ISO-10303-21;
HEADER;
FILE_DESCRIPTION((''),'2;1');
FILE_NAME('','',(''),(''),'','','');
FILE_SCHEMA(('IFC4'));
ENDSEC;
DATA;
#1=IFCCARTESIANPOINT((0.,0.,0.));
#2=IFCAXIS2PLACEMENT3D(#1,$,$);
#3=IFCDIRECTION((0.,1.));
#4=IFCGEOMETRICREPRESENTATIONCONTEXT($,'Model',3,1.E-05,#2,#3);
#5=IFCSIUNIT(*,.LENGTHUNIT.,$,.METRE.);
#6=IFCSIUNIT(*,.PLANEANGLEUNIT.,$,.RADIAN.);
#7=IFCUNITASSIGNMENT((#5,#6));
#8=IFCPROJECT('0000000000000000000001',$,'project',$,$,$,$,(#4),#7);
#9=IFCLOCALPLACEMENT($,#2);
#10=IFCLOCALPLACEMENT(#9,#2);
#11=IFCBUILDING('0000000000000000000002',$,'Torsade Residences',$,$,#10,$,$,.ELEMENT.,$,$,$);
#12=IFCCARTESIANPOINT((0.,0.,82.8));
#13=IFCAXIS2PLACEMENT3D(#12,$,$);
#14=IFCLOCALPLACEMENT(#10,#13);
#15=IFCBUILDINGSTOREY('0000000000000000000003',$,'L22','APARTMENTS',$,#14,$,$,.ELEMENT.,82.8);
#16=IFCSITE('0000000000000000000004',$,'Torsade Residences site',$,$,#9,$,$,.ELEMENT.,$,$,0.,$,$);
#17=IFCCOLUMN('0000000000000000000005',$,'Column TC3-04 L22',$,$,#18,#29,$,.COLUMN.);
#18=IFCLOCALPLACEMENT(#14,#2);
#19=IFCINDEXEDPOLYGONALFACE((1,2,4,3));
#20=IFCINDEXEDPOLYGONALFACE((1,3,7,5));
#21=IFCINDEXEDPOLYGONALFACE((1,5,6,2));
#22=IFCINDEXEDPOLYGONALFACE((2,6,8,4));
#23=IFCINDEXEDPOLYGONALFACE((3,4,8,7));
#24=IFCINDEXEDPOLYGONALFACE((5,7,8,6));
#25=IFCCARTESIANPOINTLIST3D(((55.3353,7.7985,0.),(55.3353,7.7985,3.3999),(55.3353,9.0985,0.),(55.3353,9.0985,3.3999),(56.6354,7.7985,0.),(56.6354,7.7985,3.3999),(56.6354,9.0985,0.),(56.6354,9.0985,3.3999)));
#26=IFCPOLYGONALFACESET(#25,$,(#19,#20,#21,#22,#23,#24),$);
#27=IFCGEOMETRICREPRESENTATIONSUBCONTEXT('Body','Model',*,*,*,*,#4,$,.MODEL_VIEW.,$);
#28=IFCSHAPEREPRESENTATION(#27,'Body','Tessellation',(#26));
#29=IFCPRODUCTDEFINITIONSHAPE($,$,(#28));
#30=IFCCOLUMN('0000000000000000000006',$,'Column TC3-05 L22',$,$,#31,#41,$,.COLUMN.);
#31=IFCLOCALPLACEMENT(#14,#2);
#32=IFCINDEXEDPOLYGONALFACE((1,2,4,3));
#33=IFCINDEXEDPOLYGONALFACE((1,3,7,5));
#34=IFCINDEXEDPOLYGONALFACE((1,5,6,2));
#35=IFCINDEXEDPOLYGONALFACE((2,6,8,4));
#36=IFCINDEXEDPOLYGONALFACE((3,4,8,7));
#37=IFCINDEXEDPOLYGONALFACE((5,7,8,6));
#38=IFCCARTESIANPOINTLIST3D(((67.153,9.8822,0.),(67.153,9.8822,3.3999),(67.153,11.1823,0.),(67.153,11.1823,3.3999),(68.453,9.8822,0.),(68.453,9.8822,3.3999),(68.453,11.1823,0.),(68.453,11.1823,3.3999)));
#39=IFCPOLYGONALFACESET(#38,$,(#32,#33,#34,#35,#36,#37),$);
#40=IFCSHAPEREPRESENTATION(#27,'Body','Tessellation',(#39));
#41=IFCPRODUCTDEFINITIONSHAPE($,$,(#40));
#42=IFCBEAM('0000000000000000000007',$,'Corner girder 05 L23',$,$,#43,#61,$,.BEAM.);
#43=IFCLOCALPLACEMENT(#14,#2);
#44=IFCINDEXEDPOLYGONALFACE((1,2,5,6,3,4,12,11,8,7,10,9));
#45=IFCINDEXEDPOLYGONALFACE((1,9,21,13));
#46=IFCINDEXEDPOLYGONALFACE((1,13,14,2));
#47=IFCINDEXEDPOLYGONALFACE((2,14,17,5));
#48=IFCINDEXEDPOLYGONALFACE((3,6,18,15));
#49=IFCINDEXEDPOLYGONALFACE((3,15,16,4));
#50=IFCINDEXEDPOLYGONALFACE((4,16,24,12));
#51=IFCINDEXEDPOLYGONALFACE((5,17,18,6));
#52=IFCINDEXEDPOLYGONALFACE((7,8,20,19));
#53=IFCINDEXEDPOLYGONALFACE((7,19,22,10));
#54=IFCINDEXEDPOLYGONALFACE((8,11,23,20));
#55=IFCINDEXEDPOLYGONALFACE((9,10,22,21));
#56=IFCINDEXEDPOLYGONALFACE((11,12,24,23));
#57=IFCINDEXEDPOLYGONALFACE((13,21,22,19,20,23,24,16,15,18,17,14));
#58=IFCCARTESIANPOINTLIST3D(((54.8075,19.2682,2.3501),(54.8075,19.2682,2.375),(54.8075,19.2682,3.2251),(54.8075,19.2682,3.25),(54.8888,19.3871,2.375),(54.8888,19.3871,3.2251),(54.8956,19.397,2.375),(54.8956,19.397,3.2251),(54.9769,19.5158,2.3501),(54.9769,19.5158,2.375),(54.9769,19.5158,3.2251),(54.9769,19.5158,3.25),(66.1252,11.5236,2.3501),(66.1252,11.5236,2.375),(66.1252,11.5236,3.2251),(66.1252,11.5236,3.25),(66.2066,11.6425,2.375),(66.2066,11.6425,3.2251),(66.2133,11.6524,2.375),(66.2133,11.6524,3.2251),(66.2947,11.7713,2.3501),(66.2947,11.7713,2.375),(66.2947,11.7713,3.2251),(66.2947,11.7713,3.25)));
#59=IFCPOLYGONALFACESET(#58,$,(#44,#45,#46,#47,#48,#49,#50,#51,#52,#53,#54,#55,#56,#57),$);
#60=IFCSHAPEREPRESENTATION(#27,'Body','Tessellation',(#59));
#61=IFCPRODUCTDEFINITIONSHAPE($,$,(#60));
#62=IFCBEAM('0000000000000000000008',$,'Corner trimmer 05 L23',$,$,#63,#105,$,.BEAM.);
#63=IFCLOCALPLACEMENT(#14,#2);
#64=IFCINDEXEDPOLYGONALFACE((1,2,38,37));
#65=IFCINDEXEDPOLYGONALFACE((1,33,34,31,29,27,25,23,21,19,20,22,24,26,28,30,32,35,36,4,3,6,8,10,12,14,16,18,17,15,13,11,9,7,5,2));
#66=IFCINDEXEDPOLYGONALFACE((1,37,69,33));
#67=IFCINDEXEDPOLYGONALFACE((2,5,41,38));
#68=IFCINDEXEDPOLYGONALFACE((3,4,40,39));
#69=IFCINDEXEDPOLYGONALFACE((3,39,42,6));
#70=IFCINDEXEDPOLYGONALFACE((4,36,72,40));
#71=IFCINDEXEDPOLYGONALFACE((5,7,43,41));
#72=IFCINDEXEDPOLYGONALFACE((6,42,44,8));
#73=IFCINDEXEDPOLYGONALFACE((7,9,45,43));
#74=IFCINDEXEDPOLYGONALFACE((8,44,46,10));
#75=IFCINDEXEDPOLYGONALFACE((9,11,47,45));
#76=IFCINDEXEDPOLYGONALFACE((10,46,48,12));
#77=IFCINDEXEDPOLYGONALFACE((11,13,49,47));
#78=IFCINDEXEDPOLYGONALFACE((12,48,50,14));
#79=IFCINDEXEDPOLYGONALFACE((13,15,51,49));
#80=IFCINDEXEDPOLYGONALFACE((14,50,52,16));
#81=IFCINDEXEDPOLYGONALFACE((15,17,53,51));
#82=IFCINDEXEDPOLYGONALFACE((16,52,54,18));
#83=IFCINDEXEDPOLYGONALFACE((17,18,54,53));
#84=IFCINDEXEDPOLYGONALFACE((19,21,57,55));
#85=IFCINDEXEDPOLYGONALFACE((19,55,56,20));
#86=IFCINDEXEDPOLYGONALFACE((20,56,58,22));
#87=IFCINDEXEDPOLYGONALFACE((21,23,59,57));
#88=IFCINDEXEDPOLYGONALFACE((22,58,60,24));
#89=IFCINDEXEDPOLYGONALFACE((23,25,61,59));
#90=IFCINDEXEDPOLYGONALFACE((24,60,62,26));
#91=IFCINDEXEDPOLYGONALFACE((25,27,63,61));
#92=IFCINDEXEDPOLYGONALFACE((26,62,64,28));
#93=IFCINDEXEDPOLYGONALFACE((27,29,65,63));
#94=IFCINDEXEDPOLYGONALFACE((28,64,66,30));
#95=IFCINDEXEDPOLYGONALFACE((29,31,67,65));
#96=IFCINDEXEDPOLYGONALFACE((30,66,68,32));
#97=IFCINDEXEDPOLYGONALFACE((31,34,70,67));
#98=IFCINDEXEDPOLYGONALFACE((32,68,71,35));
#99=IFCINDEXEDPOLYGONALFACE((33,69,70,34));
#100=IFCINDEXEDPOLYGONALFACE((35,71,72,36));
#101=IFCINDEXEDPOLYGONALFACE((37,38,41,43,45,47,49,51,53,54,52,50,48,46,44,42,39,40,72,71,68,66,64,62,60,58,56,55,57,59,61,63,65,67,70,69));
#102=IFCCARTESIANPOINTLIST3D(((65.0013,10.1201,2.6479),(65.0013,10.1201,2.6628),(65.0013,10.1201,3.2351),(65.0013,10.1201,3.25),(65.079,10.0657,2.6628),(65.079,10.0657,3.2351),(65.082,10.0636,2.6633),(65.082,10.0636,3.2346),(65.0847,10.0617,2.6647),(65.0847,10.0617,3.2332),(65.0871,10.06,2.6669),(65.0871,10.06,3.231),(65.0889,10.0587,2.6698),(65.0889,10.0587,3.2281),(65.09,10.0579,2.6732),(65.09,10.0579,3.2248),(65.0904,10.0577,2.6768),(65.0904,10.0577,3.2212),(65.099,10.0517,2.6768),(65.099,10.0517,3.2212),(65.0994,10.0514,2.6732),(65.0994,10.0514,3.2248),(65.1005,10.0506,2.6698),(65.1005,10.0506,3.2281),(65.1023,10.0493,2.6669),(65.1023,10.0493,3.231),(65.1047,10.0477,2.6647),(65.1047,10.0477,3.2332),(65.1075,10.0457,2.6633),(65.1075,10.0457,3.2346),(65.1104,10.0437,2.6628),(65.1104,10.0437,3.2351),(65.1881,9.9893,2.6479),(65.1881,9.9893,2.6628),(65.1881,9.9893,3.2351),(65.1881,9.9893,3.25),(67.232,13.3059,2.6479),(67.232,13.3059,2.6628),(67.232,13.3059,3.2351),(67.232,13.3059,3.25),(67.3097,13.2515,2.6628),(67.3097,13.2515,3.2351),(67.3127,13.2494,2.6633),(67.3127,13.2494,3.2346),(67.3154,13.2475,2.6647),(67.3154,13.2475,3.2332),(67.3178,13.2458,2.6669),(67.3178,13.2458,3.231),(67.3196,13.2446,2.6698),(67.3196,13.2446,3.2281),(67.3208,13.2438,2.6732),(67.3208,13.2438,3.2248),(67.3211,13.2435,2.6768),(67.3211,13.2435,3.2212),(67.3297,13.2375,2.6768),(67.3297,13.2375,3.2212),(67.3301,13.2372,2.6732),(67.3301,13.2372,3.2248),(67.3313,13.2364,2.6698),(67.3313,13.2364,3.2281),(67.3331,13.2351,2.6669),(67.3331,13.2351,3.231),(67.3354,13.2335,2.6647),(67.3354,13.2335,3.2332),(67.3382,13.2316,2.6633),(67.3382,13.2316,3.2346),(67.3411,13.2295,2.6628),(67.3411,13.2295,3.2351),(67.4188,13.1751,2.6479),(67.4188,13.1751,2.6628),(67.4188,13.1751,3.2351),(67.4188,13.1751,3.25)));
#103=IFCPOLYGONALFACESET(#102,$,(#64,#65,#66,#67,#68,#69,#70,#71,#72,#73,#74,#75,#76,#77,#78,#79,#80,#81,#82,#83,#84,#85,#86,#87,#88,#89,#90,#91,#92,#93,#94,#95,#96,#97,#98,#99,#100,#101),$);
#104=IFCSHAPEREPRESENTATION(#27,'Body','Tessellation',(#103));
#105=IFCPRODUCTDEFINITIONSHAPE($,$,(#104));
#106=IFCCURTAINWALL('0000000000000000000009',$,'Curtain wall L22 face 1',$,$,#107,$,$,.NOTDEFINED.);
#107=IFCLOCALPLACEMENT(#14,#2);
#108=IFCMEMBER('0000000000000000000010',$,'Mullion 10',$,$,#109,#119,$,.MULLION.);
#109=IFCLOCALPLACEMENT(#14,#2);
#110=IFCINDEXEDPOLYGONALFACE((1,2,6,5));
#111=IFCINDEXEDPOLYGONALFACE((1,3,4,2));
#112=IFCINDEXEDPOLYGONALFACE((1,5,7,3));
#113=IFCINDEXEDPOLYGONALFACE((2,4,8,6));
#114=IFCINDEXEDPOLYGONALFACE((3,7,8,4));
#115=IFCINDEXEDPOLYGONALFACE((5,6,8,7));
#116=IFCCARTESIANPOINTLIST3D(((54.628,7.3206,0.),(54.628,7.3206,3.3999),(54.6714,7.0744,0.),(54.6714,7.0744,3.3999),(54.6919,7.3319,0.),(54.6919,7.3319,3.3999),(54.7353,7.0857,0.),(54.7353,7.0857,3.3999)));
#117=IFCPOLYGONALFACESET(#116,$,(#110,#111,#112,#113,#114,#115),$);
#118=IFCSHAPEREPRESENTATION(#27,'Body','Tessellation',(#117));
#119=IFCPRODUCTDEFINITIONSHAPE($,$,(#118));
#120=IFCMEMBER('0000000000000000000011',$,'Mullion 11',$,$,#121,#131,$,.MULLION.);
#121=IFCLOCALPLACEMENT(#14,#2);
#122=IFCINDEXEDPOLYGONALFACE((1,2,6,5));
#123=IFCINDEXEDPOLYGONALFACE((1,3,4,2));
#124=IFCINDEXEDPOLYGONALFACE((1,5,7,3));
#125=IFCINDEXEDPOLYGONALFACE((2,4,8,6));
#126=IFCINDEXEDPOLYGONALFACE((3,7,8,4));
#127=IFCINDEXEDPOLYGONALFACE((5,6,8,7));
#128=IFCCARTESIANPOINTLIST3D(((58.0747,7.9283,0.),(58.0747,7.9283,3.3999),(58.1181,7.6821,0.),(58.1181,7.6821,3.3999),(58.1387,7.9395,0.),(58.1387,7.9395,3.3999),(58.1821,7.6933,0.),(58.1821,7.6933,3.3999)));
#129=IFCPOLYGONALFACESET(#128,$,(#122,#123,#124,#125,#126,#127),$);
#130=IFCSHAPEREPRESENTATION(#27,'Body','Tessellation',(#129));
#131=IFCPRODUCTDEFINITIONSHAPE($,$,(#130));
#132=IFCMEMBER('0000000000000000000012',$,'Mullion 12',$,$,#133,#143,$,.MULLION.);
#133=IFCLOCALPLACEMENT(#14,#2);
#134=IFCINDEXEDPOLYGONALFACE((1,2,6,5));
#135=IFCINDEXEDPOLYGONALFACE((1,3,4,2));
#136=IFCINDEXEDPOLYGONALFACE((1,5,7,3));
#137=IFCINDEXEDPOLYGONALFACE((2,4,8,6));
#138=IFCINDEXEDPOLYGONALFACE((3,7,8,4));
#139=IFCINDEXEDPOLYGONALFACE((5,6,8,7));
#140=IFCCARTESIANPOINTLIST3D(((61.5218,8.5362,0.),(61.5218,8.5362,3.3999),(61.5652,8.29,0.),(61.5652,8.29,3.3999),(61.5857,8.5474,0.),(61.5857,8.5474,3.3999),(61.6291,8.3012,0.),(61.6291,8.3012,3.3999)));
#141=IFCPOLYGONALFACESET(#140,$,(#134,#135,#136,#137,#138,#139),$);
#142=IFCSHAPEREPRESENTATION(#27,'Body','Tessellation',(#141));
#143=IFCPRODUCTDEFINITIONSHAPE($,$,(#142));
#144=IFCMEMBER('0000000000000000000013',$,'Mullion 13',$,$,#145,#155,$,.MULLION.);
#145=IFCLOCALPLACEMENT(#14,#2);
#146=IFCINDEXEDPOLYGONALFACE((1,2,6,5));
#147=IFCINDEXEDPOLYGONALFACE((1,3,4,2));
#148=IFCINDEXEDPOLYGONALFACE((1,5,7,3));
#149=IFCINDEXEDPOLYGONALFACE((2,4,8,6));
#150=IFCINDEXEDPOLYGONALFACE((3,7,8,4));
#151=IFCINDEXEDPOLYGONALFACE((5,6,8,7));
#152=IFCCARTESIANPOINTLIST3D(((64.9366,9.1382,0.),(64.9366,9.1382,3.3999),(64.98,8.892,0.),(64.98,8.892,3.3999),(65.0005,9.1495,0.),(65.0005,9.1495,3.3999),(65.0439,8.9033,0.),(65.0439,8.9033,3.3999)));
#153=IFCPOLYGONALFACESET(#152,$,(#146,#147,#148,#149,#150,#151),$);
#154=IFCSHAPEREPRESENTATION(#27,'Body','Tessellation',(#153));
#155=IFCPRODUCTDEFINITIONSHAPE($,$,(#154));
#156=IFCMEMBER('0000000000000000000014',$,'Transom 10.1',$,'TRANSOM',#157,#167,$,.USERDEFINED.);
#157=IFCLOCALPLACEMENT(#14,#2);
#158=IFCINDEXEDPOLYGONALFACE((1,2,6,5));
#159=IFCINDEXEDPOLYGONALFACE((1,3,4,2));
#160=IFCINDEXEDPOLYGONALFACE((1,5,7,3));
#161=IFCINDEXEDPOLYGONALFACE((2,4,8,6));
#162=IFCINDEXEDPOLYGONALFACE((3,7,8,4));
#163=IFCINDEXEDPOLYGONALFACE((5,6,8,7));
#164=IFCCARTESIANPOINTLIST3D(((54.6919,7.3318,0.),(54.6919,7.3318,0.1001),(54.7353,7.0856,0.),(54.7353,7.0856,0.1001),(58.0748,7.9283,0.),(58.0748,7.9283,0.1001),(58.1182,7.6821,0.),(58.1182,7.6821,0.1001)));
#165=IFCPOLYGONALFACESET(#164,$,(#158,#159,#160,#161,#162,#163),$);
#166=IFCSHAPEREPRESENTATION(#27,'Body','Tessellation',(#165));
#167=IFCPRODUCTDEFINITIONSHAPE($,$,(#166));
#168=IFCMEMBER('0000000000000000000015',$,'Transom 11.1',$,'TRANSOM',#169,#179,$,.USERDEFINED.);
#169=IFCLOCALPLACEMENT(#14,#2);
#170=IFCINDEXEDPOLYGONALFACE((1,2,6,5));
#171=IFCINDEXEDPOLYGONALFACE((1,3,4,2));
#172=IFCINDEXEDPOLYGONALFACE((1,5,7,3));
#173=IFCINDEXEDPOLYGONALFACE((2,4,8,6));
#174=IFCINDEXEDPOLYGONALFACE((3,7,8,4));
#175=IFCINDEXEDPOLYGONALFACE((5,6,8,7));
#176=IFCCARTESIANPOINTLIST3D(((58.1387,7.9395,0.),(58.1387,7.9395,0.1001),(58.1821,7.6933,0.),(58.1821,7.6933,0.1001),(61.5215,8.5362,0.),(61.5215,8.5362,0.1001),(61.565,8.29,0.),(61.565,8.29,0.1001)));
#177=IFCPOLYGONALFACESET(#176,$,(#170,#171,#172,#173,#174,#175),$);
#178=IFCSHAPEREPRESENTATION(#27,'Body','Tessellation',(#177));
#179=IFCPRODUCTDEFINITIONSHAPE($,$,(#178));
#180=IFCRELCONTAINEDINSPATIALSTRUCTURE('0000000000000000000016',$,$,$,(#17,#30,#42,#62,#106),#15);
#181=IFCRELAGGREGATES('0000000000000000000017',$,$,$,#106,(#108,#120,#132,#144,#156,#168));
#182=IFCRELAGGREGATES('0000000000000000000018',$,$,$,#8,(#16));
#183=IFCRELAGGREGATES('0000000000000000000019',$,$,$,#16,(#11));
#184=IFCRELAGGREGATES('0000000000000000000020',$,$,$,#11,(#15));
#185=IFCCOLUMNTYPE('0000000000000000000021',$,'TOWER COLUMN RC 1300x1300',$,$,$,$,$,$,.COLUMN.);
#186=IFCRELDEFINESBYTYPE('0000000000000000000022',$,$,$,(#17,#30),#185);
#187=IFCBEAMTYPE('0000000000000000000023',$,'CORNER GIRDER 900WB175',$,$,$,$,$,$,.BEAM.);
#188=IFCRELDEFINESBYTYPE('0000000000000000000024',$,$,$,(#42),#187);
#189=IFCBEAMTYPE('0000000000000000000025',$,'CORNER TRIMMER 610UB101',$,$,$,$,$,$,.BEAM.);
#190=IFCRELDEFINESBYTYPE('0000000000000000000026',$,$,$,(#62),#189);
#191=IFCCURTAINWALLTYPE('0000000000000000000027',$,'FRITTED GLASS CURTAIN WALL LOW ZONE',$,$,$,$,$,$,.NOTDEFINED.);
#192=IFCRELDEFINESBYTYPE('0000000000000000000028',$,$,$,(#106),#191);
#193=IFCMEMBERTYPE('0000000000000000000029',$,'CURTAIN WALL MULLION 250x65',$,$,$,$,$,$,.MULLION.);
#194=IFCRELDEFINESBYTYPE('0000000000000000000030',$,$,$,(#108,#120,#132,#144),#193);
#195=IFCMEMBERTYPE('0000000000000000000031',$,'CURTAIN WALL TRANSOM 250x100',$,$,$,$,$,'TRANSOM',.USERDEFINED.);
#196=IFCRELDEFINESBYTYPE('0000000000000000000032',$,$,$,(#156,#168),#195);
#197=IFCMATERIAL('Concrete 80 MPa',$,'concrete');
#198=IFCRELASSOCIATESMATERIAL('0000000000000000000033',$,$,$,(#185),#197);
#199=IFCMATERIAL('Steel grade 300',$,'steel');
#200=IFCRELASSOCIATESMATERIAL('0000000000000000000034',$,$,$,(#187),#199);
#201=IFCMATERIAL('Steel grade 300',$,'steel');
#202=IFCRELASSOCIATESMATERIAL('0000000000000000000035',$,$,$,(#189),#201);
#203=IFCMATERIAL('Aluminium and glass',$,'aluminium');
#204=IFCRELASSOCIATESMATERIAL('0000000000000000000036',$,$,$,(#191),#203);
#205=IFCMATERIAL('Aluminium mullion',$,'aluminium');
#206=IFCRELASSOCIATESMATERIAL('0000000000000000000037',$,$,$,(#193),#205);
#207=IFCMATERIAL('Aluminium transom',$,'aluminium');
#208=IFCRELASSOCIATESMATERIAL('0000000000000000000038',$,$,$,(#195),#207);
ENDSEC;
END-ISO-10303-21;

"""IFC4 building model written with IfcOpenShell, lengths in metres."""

from ifc_helpers import new_model, si_unit, direction, frame, origin, origin_2d, place, context, subcontext, project, spatial, rectangle, i_section, extrude, material, material_profile, profile_set, type_object, element, aggregate, save


model = new_model("IFC4")

# Units and contexts
model_context = context("Model", 3, precision=1e-05, world=origin(), true_north=direction((0.0, 1.0)))
body_context = subcontext(model_context, "Body", "Model", "MODEL_VIEW")
ifc_project = project(units=[si_unit("LENGTHUNIT", "METRE"), si_unit("PLANEANGLEUNIT", "RADIAN")], contexts=[model_context])

# Site, building, storey
site_placement = place(None, origin())
site = spatial("IfcSite", under=ifc_project, at=site_placement, Name="Torsade Residences site", CompositionType="ELEMENT", RefElevation=0.0)
building_placement = place(site_placement, origin())
building = spatial("IfcBuilding", under=site, at=building_placement, Name="Torsade Residences", CompositionType="ELEMENT")
storey_placement = place(building_placement, frame((0.0, 0.0, 82.8)))
storey = spatial("IfcBuildingStorey", under=building, at=storey_placement, Name="L22", Description="APARTMENTS", CompositionType="ELEMENT", Elevation=82.8)

# Columns
ifc_material_1 = material(Name="Concrete 80 MPa", Category="concrete")
ifc_material_profile_1 = material_profile(ifc_material_1, rectangle(XDim=1.3, YDim=1.3, at=origin_2d()), Name="RC 1300x1300")
ifc_profile_set_1 = profile_set([ifc_material_profile_1], Name="Concrete 80 MPa")
column_type = type_object("IfcColumnType", Name="TOWER COLUMN RC 1300x1300", PredefinedType="COLUMN", material=ifc_profile_set_1)
for number, where, z_axis, x_axis, name in (
    (1, (55.9854, 8.4485, 0.0), (0.0, 0.0, 1.0), (1.0, 0.0, 0.0), "Column TC3-04 L22"),
    (2, (67.803, 10.5322, 0.0), (0.0, 0.0, 1.0), (1.0, 0.0, 0.0), "Column TC3-05 L22"),
):
    element("IfcColumn", number, at=place(storey_placement, frame(where, z_axis=z_axis, x_axis=x_axis)), inside=storey, type_object=column_type, Name=name, PredefinedType="COLUMN", context=body_context, shape_type="SweptSolid", body=[
        extrude(rectangle(XDim=1.3, YDim=1.3, at=origin_2d()), origin(), (0.0, 0.0, 1.0), 3.3999),
    ])

# Beams
ifc_material_2 = material(Name="Steel grade 300", Category="steel")
ifc_material_profile_2 = material_profile(ifc_material_2, i_section(OverallWidth=0.3, OverallDepth=0.8999, WebThickness=0.012, FlangeThickness=0.0249, at=origin_2d()), Name="900WB175")
ifc_profile_set_2 = profile_set([ifc_material_profile_2], Name="Steel grade 300")
beam_type_1 = type_object("IfcBeamType", Name="CORNER GIRDER 900WB175", PredefinedType="BEAM", material=ifc_profile_set_2)
beam_1_placement = place(storey_placement, frame((66.21, 11.6475, 2.8), z_axis=(-0.825279, 0.564725, 0.0), x_axis=(-0.564725, -0.825279, 0.0)))
element("IfcBeam", 3, at=beam_1_placement, inside=storey, type_object=beam_type_1, Name="Corner girder 05 L23", PredefinedType="BEAM", context=body_context, shape_type="SweptSolid", body=[
    extrude(i_section(OverallWidth=0.3, OverallDepth=0.8999, WebThickness=0.012, FlangeThickness=0.0249, at=origin_2d()), origin(), (0.0, 0.0, 1.0), 13.7139),
])
ifc_material_3 = material(Name="Steel grade 300", Category="steel")
ifc_material_profile_3 = material_profile(ifc_material_3, i_section(OverallWidth=0.228, OverallDepth=0.6021, WebThickness=0.0105, FlangeThickness=0.0149, FilletRadius=0.0139, at=origin_2d()), Name="610UB101")
ifc_profile_set_3 = profile_set([ifc_material_profile_3], Name="Steel grade 300")
beam_type_2 = type_object("IfcBeamType", Name="CORNER TRIMMER 610UB101", PredefinedType="BEAM", material=ifc_profile_set_3)
beam_2_placement = place(storey_placement, frame((67.3254, 13.2405, 2.949), z_axis=(-0.573576, -0.819152, 0.0), x_axis=(0.819152, -0.573576, 0.0)))
element("IfcBeam", 4, at=beam_2_placement, inside=storey, type_object=beam_type_2, Name="Corner trimmer 05 L23", PredefinedType="BEAM", context=body_context, shape_type="SweptSolid", body=[
    extrude(i_section(OverallWidth=0.228, OverallDepth=0.6021, WebThickness=0.0105, FlangeThickness=0.0149, FilletRadius=0.0139, at=origin_2d()), origin(), (0.0, 0.0, 1.0), 3.8892),
])

# Curtain wall, members
ifc_material_4 = material(Name="Aluminium and glass", Category="aluminium")
curtain_wall_type = type_object("IfcCurtainWallType", Name="FRITTED GLASS CURTAIN WALL LOW ZONE", PredefinedType="NOTDEFINED", material=ifc_material_4)
curtain_wall_placement = place(storey_placement, origin())
curtain_wall = element("IfcCurtainWall", 5, at=curtain_wall_placement, inside=storey, type_object=curtain_wall_type, Name="Curtain wall L22 face 1", PredefinedType="NOTDEFINED")
ifc_material_5 = material(Name="Aluminium mullion", Category="aluminium")
ifc_material_profile_4 = material_profile(ifc_material_5, rectangle(XDim=0.25, YDim=0.0649, at=origin_2d()), Name="CURTAIN WALL MULLION 250x65")
ifc_profile_set_4 = profile_set([ifc_material_profile_4], Name="Aluminium mullion")
member_type_1 = type_object("IfcMemberType", Name="CURTAIN WALL MULLION 250x65", PredefinedType="MULLION", material=ifc_profile_set_4)
member_1_placement = place(storey_placement, frame((54.6816, 7.2031, 0.0), z_axis=(0.0, 0.0, 1.0), x_axis=(-0.173648, 0.984808, 0.0)))
member_1 = element("IfcMember", 6, at=member_1_placement, type_object=member_type_1, Name="Mullion 10", PredefinedType="MULLION", context=body_context, shape_type="SweptSolid", body=[
    extrude(rectangle(XDim=0.25, YDim=0.0649, at=origin_2d()), origin(), (0.0, 0.0, 1.0), 3.3999),
])
member_2_placement = place(storey_placement, frame((58.1284, 7.8108, 0.0), z_axis=(0.0, 0.0, 1.0), x_axis=(-0.173648, 0.984808, 0.0)))
member_2 = element("IfcMember", 7, at=member_2_placement, type_object=member_type_1, Name="Mullion 11", PredefinedType="MULLION", context=body_context, shape_type="SweptSolid", body=[
    extrude(rectangle(XDim=0.25, YDim=0.0649, at=origin_2d()), origin(), (0.0, 0.0, 1.0), 3.3999),
])
member_3_placement = place(storey_placement, frame((61.5754, 8.4187, 0.0), z_axis=(0.0, 0.0, 1.0), x_axis=(-0.173648, 0.984808, 0.0)))
member_3 = element("IfcMember", 8, at=member_3_placement, type_object=member_type_1, Name="Mullion 12", PredefinedType="MULLION", context=body_context, shape_type="SweptSolid", body=[
    extrude(rectangle(XDim=0.25, YDim=0.0649, at=origin_2d()), origin(), (0.0, 0.0, 1.0), 3.3999),
])
member_4_placement = place(storey_placement, frame((64.9902, 9.0208, 0.0), z_axis=(0.0, 0.0, 1.0), x_axis=(-0.173648, 0.984808, 0.0)))
member_4 = element("IfcMember", 9, at=member_4_placement, type_object=member_type_1, Name="Mullion 13", PredefinedType="MULLION", context=body_context, shape_type="SweptSolid", body=[
    extrude(rectangle(XDim=0.25, YDim=0.0649, at=origin_2d()), origin(), (0.0, 0.0, 1.0), 3.3999),
])
ifc_material_6 = material(Name="Aluminium transom", Category="aluminium")
ifc_material_profile_5 = material_profile(ifc_material_6, rectangle(XDim=0.25, YDim=0.1001, at=origin_2d()), Name="CURTAIN WALL TRANSOM 250x100")
ifc_profile_set_5 = profile_set([ifc_material_profile_5], Name="Aluminium transom")
member_type_2 = type_object("IfcMemberType", Name="CURTAIN WALL TRANSOM 250x100", ElementType="TRANSOM", PredefinedType="USERDEFINED", material=ifc_profile_set_5)
member_5_placement = place(storey_placement, frame((54.7136, 7.2087, 0.05), z_axis=(0.98481, 0.173635, 0.0), x_axis=(-0.173635, 0.98481, 0.0)))
member_5 = element("IfcMember", 10, at=member_5_placement, type_object=member_type_2, Name="Transom 10.1", ObjectType="TRANSOM", PredefinedType="USERDEFINED", context=body_context, shape_type="SweptSolid", body=[
    extrude(rectangle(XDim=0.25, YDim=0.1001, at=origin_2d()), origin(), (0.0, 0.0, 1.0), 3.4351),
])
member_6_placement = place(storey_placement, frame((58.1604, 7.8164, 0.05), z_axis=(0.984798, 0.173704, 0.0), x_axis=(-0.173704, 0.984798, 0.0)))
member_6 = element("IfcMember", 11, at=member_6_placement, type_object=member_type_2, Name="Transom 11.1", ObjectType="TRANSOM", PredefinedType="USERDEFINED", context=body_context, shape_type="SweptSolid", body=[
    extrude(rectangle(XDim=0.25, YDim=0.1001, at=origin_2d()), origin(), (0.0, 0.0, 1.0), 3.4351),
])

aggregate(curtain_wall, [member_1, member_2, member_3, member_4, member_5, member_6])

save(model, "model.ifc")
